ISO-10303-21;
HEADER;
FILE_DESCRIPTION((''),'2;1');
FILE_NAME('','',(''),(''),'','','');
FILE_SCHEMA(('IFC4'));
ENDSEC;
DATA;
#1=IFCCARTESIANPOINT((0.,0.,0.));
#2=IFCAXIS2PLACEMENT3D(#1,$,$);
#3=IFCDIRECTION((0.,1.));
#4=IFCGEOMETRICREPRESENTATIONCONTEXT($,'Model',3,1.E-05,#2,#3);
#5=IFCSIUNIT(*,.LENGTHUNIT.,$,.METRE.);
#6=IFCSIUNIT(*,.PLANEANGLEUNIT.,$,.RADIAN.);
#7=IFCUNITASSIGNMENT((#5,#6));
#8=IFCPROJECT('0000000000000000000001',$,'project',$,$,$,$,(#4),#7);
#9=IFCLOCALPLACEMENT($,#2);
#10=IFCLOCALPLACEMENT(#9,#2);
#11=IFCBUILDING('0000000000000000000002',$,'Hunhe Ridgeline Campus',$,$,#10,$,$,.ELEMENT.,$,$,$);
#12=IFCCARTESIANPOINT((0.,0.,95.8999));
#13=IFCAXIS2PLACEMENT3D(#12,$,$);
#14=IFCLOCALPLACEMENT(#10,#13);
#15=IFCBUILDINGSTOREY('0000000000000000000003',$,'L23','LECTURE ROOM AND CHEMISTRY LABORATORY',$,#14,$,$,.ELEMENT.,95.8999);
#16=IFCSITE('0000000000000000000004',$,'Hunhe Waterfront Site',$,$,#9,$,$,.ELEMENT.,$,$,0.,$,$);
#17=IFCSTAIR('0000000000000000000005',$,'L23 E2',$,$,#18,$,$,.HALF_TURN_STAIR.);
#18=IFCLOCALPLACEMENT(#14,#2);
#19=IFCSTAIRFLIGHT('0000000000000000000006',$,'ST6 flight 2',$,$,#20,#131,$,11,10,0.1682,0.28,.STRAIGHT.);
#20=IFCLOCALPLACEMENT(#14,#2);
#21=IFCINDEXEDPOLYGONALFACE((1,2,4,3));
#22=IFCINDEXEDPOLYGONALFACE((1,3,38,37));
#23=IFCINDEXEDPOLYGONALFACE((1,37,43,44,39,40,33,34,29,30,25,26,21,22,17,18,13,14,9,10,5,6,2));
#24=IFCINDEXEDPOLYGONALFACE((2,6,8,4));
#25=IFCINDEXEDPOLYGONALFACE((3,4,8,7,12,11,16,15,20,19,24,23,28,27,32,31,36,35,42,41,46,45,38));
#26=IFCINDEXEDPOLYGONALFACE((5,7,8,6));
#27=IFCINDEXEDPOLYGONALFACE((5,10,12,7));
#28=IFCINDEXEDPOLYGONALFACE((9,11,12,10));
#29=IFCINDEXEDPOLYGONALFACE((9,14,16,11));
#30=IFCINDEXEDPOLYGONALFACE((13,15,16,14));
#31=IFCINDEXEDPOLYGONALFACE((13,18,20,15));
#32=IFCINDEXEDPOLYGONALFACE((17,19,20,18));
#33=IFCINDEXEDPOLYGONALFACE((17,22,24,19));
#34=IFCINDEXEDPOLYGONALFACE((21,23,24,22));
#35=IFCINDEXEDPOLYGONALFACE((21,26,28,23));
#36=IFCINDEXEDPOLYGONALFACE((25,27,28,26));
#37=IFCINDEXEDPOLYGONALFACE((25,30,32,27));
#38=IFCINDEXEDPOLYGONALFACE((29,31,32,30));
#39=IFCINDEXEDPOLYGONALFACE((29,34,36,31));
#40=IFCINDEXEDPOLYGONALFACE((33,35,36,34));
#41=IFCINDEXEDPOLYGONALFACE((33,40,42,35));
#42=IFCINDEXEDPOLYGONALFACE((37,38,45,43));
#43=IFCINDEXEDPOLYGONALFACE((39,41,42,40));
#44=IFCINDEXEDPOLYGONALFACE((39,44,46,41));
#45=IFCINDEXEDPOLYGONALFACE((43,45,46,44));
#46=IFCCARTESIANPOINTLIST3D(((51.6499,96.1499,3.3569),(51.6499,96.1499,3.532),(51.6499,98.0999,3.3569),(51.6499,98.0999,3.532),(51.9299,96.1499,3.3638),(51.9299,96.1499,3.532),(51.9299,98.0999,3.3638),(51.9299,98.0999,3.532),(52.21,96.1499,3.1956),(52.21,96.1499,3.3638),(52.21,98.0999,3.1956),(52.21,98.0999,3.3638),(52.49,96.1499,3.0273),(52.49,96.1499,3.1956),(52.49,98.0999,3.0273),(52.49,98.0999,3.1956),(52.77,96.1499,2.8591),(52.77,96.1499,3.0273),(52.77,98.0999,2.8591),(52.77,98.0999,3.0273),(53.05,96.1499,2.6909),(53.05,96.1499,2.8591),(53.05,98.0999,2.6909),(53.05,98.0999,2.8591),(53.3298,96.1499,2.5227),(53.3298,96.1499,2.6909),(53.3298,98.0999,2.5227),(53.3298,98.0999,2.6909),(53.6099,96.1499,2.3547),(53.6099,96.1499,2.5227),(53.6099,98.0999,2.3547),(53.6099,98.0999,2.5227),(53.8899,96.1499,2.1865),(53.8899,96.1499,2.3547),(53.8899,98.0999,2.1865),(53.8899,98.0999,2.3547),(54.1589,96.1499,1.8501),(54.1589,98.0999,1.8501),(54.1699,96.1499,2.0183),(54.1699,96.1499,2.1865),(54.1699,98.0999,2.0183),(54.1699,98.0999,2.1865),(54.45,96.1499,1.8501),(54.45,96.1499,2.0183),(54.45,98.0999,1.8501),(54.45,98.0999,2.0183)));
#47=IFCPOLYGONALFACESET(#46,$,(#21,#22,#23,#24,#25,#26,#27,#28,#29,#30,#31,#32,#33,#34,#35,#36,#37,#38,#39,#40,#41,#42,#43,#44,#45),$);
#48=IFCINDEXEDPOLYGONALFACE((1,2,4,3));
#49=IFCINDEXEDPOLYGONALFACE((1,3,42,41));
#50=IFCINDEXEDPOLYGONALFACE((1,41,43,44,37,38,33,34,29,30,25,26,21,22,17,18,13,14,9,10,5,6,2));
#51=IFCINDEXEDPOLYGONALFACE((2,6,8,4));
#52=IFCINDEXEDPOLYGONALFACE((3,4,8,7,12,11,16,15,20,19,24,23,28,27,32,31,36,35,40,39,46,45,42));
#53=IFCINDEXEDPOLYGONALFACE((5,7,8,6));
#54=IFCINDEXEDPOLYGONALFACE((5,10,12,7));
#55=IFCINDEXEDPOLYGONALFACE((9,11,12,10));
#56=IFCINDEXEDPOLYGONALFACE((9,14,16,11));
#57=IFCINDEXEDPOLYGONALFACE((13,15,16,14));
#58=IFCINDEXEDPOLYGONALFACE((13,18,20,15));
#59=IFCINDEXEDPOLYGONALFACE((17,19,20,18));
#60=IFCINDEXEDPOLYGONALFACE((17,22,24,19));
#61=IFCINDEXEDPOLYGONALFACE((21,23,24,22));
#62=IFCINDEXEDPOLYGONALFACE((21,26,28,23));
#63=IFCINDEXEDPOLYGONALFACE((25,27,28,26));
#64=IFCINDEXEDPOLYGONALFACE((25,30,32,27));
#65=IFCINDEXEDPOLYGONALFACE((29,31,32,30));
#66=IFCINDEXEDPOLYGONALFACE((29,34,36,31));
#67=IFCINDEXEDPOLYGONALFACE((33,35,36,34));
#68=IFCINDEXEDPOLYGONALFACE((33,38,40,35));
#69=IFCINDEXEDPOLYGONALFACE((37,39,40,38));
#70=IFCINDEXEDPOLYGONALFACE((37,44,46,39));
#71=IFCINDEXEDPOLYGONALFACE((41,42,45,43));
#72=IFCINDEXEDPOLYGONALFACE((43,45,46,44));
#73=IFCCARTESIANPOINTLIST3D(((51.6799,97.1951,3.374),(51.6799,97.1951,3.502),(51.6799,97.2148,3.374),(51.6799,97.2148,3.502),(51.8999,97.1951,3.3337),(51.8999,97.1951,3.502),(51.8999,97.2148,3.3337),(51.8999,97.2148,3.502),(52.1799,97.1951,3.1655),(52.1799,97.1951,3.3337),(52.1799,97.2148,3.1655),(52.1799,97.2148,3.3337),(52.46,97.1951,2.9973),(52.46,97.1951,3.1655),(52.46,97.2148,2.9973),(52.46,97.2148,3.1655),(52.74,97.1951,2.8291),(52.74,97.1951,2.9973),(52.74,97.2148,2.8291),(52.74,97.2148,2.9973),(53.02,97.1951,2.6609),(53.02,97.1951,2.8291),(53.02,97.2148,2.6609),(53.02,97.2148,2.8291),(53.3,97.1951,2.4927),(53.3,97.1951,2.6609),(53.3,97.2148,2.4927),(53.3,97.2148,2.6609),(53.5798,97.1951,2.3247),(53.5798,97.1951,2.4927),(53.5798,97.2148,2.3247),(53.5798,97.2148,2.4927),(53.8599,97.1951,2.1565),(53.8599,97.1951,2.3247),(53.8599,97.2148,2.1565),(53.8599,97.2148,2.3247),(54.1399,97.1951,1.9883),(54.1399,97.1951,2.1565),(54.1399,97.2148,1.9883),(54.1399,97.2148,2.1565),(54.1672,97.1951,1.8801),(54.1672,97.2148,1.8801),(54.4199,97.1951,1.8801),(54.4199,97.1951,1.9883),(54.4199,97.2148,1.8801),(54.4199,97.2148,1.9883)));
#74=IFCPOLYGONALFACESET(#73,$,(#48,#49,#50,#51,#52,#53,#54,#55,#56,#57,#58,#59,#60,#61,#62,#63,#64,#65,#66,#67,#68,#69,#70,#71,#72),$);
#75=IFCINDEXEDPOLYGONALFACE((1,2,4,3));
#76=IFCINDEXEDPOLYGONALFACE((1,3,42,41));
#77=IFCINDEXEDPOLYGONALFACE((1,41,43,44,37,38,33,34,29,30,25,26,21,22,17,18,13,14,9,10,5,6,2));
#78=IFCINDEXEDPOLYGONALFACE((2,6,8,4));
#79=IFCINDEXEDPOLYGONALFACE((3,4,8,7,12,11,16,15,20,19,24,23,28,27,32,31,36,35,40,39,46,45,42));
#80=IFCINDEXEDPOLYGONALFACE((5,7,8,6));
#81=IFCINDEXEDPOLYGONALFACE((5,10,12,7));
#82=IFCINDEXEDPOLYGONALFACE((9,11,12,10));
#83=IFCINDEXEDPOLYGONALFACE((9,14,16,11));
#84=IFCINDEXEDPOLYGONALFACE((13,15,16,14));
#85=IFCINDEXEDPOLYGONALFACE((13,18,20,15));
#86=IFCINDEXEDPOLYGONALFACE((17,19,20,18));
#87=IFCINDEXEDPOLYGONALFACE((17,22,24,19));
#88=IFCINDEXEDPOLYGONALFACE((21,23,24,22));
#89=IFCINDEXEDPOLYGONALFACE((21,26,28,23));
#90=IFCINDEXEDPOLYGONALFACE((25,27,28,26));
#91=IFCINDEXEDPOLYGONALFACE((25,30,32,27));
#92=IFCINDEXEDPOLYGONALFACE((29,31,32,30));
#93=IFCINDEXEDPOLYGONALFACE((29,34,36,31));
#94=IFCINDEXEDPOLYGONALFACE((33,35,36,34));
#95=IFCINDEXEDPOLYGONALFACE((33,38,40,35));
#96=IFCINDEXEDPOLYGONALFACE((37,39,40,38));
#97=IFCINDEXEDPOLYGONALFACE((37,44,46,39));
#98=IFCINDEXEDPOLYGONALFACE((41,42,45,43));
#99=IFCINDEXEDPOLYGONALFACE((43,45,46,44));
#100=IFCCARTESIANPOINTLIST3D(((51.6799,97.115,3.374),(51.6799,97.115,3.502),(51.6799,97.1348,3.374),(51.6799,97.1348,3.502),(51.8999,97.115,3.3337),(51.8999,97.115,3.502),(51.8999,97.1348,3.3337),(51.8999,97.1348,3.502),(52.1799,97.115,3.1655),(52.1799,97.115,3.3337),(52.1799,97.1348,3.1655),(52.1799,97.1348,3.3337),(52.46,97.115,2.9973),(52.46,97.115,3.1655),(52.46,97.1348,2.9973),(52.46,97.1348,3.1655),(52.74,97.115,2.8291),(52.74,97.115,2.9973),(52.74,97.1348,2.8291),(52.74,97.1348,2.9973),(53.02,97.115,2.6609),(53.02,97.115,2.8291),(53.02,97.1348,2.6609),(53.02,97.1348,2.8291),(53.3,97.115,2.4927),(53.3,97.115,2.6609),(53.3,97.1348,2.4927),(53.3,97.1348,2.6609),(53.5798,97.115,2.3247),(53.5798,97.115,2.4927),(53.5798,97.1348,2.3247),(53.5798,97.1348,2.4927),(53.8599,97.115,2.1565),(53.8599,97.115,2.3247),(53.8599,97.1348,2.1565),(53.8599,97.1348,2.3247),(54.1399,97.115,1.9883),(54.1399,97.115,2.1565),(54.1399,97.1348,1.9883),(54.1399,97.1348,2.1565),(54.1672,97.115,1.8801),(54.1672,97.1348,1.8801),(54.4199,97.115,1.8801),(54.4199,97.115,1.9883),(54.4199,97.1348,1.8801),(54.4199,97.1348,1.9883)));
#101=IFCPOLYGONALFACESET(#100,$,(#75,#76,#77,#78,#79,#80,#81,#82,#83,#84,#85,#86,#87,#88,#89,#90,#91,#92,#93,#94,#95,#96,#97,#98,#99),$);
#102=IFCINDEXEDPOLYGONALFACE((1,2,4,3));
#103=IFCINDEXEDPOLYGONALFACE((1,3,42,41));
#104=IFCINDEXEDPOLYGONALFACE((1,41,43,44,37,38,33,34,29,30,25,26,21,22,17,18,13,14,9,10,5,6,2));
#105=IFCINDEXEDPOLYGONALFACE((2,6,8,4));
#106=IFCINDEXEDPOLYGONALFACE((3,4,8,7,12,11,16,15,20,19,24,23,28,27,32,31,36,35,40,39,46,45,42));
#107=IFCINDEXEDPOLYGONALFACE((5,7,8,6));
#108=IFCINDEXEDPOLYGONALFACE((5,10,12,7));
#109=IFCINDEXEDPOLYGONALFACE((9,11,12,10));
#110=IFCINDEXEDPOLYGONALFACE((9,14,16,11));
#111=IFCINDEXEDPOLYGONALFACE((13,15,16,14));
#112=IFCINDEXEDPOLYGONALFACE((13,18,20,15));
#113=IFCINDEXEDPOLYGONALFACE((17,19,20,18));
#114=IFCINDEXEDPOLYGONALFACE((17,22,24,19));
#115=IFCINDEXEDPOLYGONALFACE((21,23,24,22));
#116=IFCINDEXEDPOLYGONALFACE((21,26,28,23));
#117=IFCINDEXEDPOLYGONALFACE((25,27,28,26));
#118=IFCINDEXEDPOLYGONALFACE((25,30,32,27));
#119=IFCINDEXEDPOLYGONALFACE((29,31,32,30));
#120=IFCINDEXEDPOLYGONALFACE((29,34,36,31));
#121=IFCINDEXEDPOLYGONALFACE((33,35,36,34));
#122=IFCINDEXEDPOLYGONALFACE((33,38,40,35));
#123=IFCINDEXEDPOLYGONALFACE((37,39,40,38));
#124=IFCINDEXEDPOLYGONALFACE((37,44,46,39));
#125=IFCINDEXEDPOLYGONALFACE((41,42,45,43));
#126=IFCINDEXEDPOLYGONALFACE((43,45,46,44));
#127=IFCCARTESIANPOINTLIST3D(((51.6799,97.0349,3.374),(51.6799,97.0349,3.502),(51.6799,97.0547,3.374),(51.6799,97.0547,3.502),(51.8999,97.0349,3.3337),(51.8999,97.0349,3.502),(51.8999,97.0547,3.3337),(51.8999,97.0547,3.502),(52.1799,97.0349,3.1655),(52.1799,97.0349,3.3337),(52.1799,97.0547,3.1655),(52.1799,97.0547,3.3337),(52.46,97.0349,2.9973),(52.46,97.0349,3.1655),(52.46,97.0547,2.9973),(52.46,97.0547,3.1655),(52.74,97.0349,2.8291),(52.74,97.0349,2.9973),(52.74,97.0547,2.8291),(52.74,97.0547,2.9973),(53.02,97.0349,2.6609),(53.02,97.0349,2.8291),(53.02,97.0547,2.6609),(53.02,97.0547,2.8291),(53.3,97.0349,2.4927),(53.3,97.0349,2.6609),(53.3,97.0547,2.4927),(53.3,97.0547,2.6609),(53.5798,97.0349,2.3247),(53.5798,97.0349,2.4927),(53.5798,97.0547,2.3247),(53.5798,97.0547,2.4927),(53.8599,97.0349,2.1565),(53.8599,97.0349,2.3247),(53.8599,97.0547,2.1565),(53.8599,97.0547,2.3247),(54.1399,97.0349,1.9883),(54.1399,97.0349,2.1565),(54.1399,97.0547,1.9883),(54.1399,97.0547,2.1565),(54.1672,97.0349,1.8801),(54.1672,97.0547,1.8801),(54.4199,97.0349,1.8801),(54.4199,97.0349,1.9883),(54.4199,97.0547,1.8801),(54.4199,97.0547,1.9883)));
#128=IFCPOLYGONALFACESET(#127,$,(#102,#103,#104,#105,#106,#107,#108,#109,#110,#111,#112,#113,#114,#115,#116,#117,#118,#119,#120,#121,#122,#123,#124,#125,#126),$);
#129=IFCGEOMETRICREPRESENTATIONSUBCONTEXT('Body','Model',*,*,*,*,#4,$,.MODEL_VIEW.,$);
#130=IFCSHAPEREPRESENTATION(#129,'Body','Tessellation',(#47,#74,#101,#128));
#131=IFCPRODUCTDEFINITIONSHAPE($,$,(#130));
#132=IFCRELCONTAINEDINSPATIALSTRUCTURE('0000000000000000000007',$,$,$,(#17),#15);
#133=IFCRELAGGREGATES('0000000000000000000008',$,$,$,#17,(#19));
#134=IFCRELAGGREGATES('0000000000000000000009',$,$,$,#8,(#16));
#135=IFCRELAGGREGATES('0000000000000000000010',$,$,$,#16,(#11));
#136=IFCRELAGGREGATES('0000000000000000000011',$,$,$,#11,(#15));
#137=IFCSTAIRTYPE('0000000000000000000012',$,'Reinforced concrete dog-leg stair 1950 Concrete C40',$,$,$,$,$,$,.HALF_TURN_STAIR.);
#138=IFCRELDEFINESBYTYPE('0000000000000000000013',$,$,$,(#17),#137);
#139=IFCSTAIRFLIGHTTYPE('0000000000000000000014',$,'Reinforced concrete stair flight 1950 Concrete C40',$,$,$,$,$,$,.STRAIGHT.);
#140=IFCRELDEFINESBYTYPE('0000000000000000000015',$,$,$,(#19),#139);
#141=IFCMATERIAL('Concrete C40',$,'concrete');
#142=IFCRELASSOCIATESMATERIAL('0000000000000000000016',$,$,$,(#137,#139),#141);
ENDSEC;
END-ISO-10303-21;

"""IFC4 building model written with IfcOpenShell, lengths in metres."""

from ifc_helpers import new_model, si_unit, direction, frame, origin, place, context, subcontext, project, spatial, polyline, outline, extrude, material, type_object, element, aggregate, save


model = new_model("IFC4")

# Units and contexts
model_context = context("Model", 3, precision=1e-05, world=origin(), true_north=direction((0.0, 1.0)))
body_context = subcontext(model_context, "Body", "Model", "MODEL_VIEW")
ifc_project = project(units=[si_unit("LENGTHUNIT", "METRE"), si_unit("PLANEANGLEUNIT", "RADIAN")], contexts=[model_context])

# Site, building, storey
site_placement = place(None, origin())
site = spatial("IfcSite", under=ifc_project, at=site_placement, Name="Hunhe Waterfront Site", CompositionType="ELEMENT", RefElevation=0.0)
building_placement = place(site_placement, origin())
building = spatial("IfcBuilding", under=site, at=building_placement, Name="Hunhe Ridgeline Campus", CompositionType="ELEMENT")
storey_placement = place(building_placement, frame((0.0, 0.0, 95.8999)))
storey = spatial("IfcBuildingStorey", under=building, at=storey_placement, Name="L23", Description="LECTURE ROOM AND CHEMISTRY LABORATORY", CompositionType="ELEMENT", Elevation=95.8999)

# Stair, stair flight
ifc_material_1 = material(Name="Concrete C40", Category="concrete")
stair_type = type_object("IfcStairType", Name="Reinforced concrete dog-leg stair 1950 Concrete C40", PredefinedType="HALF_TURN_STAIR", material=ifc_material_1)
stair_1_placement = place(storey_placement, origin())
stair_1 = element("IfcStair", 1, at=stair_1_placement, inside=storey, type_object=stair_type, Name="L23 E2", PredefinedType="HALF_TURN_STAIR")
stair_flight_type = type_object("IfcStairFlightType", Name="Reinforced concrete stair flight 1950 Concrete C40", PredefinedType="STRAIGHT", material=ifc_material_1)
stair_flight_1_placement = place(storey_placement, frame((54.45, 97.125, 1.8501), z_axis=(0.0, 0.0, 1.0), x_axis=(-1.0, 0.0, 0.0)))
stair_flight_1 = element("IfcStairFlight", 2, at=stair_flight_1_placement, type_object=stair_flight_type, Name="ST6 flight 2", NumberOfRisers=11, NumberOfTreads=10, PredefinedType="STRAIGHT", RiserHeight=0.1682, TreadLength=0.28, context=body_context, shape_type="SweptSolid", body=[
    extrude(outline(polyline([(0.0, 0.0), (0.0, 0.1682), (0.28, 0.1682), (0.28, 0.3364), (0.5601, 0.3364), (0.5601, 0.5046), (0.8401, 0.5046), (0.8401, 0.6726), (1.1201, 0.6726), (1.1201, 0.8408), (1.3999, 0.8408), (1.3999, 1.009), (1.6799, 1.009), (1.6799, 1.1772), (1.96, 1.1772), (1.96, 1.3455), (2.24, 1.3455), (2.24, 1.5137), (2.52, 1.5137), (2.52, 1.6819), (2.8, 1.6819), (2.8, 1.8501), (2.8, 1.5068), (0.291, 0.0), (0.0, 0.0)])), frame((0.0, 0.9751, 0.0), z_axis=(0.0, -1.0, 0.0), x_axis=(1.0, 0.0, 0.0)), (0.0, 0.0, 1.0), 1.95),
    extrude(outline(polyline([(0.03, 0.03), (0.03, 0.1382), (0.3101, 0.1382), (0.3101, 0.3064), (0.5901, 0.3064), (0.5901, 0.4746), (0.8701, 0.4746), (0.8701, 0.6426), (1.1499, 0.6426), (1.1499, 0.8108), (1.4299, 0.8108), (1.4299, 0.979), (1.71, 0.979), (1.71, 1.1472), (1.99, 1.1472), (1.99, 1.3154), (2.27, 1.3154), (2.27, 1.4836), (2.55, 1.4836), (2.55, 1.6519), (2.77, 1.6519), (2.77, 1.5239), (0.2827, 0.03), (0.03, 0.03)])), frame((0.0, -0.0701, 0.0), z_axis=(0.0, -1.0, 0.0), x_axis=(1.0, 0.0, 0.0)), (0.0, 0.0, 1.0), 0.0198),
    extrude(outline(polyline([(0.03, 0.03), (0.03, 0.1382), (0.3101, 0.1382), (0.3101, 0.3064), (0.5901, 0.3064), (0.5901, 0.4746), (0.8701, 0.4746), (0.8701, 0.6426), (1.1499, 0.6426), (1.1499, 0.8108), (1.4299, 0.8108), (1.4299, 0.979), (1.71, 0.979), (1.71, 1.1472), (1.99, 1.1472), (1.99, 1.3154), (2.27, 1.3154), (2.27, 1.4836), (2.55, 1.4836), (2.55, 1.6519), (2.77, 1.6519), (2.77, 1.5239), (0.2827, 0.03), (0.03, 0.03)])), frame((0.0, 0.01, 0.0), z_axis=(0.0, -1.0, 0.0), x_axis=(1.0, 0.0, 0.0)), (0.0, 0.0, 1.0), 0.0198),
    extrude(outline(polyline([(0.03, 0.03), (0.03, 0.1382), (0.3101, 0.1382), (0.3101, 0.3064), (0.5901, 0.3064), (0.5901, 0.4746), (0.8701, 0.4746), (0.8701, 0.6426), (1.1499, 0.6426), (1.1499, 0.8108), (1.4299, 0.8108), (1.4299, 0.979), (1.71, 0.979), (1.71, 1.1472), (1.99, 1.1472), (1.99, 1.3154), (2.27, 1.3154), (2.27, 1.4836), (2.55, 1.4836), (2.55, 1.6519), (2.77, 1.6519), (2.77, 1.5239), (0.2827, 0.03), (0.03, 0.03)])), frame((0.0, 0.0901, 0.0), z_axis=(0.0, -1.0, 0.0), x_axis=(1.0, 0.0, 0.0)), (0.0, 0.0, 1.0), 0.0198),
])
aggregate(stair_1, [stair_flight_1])

save(model, "model.ifc")
